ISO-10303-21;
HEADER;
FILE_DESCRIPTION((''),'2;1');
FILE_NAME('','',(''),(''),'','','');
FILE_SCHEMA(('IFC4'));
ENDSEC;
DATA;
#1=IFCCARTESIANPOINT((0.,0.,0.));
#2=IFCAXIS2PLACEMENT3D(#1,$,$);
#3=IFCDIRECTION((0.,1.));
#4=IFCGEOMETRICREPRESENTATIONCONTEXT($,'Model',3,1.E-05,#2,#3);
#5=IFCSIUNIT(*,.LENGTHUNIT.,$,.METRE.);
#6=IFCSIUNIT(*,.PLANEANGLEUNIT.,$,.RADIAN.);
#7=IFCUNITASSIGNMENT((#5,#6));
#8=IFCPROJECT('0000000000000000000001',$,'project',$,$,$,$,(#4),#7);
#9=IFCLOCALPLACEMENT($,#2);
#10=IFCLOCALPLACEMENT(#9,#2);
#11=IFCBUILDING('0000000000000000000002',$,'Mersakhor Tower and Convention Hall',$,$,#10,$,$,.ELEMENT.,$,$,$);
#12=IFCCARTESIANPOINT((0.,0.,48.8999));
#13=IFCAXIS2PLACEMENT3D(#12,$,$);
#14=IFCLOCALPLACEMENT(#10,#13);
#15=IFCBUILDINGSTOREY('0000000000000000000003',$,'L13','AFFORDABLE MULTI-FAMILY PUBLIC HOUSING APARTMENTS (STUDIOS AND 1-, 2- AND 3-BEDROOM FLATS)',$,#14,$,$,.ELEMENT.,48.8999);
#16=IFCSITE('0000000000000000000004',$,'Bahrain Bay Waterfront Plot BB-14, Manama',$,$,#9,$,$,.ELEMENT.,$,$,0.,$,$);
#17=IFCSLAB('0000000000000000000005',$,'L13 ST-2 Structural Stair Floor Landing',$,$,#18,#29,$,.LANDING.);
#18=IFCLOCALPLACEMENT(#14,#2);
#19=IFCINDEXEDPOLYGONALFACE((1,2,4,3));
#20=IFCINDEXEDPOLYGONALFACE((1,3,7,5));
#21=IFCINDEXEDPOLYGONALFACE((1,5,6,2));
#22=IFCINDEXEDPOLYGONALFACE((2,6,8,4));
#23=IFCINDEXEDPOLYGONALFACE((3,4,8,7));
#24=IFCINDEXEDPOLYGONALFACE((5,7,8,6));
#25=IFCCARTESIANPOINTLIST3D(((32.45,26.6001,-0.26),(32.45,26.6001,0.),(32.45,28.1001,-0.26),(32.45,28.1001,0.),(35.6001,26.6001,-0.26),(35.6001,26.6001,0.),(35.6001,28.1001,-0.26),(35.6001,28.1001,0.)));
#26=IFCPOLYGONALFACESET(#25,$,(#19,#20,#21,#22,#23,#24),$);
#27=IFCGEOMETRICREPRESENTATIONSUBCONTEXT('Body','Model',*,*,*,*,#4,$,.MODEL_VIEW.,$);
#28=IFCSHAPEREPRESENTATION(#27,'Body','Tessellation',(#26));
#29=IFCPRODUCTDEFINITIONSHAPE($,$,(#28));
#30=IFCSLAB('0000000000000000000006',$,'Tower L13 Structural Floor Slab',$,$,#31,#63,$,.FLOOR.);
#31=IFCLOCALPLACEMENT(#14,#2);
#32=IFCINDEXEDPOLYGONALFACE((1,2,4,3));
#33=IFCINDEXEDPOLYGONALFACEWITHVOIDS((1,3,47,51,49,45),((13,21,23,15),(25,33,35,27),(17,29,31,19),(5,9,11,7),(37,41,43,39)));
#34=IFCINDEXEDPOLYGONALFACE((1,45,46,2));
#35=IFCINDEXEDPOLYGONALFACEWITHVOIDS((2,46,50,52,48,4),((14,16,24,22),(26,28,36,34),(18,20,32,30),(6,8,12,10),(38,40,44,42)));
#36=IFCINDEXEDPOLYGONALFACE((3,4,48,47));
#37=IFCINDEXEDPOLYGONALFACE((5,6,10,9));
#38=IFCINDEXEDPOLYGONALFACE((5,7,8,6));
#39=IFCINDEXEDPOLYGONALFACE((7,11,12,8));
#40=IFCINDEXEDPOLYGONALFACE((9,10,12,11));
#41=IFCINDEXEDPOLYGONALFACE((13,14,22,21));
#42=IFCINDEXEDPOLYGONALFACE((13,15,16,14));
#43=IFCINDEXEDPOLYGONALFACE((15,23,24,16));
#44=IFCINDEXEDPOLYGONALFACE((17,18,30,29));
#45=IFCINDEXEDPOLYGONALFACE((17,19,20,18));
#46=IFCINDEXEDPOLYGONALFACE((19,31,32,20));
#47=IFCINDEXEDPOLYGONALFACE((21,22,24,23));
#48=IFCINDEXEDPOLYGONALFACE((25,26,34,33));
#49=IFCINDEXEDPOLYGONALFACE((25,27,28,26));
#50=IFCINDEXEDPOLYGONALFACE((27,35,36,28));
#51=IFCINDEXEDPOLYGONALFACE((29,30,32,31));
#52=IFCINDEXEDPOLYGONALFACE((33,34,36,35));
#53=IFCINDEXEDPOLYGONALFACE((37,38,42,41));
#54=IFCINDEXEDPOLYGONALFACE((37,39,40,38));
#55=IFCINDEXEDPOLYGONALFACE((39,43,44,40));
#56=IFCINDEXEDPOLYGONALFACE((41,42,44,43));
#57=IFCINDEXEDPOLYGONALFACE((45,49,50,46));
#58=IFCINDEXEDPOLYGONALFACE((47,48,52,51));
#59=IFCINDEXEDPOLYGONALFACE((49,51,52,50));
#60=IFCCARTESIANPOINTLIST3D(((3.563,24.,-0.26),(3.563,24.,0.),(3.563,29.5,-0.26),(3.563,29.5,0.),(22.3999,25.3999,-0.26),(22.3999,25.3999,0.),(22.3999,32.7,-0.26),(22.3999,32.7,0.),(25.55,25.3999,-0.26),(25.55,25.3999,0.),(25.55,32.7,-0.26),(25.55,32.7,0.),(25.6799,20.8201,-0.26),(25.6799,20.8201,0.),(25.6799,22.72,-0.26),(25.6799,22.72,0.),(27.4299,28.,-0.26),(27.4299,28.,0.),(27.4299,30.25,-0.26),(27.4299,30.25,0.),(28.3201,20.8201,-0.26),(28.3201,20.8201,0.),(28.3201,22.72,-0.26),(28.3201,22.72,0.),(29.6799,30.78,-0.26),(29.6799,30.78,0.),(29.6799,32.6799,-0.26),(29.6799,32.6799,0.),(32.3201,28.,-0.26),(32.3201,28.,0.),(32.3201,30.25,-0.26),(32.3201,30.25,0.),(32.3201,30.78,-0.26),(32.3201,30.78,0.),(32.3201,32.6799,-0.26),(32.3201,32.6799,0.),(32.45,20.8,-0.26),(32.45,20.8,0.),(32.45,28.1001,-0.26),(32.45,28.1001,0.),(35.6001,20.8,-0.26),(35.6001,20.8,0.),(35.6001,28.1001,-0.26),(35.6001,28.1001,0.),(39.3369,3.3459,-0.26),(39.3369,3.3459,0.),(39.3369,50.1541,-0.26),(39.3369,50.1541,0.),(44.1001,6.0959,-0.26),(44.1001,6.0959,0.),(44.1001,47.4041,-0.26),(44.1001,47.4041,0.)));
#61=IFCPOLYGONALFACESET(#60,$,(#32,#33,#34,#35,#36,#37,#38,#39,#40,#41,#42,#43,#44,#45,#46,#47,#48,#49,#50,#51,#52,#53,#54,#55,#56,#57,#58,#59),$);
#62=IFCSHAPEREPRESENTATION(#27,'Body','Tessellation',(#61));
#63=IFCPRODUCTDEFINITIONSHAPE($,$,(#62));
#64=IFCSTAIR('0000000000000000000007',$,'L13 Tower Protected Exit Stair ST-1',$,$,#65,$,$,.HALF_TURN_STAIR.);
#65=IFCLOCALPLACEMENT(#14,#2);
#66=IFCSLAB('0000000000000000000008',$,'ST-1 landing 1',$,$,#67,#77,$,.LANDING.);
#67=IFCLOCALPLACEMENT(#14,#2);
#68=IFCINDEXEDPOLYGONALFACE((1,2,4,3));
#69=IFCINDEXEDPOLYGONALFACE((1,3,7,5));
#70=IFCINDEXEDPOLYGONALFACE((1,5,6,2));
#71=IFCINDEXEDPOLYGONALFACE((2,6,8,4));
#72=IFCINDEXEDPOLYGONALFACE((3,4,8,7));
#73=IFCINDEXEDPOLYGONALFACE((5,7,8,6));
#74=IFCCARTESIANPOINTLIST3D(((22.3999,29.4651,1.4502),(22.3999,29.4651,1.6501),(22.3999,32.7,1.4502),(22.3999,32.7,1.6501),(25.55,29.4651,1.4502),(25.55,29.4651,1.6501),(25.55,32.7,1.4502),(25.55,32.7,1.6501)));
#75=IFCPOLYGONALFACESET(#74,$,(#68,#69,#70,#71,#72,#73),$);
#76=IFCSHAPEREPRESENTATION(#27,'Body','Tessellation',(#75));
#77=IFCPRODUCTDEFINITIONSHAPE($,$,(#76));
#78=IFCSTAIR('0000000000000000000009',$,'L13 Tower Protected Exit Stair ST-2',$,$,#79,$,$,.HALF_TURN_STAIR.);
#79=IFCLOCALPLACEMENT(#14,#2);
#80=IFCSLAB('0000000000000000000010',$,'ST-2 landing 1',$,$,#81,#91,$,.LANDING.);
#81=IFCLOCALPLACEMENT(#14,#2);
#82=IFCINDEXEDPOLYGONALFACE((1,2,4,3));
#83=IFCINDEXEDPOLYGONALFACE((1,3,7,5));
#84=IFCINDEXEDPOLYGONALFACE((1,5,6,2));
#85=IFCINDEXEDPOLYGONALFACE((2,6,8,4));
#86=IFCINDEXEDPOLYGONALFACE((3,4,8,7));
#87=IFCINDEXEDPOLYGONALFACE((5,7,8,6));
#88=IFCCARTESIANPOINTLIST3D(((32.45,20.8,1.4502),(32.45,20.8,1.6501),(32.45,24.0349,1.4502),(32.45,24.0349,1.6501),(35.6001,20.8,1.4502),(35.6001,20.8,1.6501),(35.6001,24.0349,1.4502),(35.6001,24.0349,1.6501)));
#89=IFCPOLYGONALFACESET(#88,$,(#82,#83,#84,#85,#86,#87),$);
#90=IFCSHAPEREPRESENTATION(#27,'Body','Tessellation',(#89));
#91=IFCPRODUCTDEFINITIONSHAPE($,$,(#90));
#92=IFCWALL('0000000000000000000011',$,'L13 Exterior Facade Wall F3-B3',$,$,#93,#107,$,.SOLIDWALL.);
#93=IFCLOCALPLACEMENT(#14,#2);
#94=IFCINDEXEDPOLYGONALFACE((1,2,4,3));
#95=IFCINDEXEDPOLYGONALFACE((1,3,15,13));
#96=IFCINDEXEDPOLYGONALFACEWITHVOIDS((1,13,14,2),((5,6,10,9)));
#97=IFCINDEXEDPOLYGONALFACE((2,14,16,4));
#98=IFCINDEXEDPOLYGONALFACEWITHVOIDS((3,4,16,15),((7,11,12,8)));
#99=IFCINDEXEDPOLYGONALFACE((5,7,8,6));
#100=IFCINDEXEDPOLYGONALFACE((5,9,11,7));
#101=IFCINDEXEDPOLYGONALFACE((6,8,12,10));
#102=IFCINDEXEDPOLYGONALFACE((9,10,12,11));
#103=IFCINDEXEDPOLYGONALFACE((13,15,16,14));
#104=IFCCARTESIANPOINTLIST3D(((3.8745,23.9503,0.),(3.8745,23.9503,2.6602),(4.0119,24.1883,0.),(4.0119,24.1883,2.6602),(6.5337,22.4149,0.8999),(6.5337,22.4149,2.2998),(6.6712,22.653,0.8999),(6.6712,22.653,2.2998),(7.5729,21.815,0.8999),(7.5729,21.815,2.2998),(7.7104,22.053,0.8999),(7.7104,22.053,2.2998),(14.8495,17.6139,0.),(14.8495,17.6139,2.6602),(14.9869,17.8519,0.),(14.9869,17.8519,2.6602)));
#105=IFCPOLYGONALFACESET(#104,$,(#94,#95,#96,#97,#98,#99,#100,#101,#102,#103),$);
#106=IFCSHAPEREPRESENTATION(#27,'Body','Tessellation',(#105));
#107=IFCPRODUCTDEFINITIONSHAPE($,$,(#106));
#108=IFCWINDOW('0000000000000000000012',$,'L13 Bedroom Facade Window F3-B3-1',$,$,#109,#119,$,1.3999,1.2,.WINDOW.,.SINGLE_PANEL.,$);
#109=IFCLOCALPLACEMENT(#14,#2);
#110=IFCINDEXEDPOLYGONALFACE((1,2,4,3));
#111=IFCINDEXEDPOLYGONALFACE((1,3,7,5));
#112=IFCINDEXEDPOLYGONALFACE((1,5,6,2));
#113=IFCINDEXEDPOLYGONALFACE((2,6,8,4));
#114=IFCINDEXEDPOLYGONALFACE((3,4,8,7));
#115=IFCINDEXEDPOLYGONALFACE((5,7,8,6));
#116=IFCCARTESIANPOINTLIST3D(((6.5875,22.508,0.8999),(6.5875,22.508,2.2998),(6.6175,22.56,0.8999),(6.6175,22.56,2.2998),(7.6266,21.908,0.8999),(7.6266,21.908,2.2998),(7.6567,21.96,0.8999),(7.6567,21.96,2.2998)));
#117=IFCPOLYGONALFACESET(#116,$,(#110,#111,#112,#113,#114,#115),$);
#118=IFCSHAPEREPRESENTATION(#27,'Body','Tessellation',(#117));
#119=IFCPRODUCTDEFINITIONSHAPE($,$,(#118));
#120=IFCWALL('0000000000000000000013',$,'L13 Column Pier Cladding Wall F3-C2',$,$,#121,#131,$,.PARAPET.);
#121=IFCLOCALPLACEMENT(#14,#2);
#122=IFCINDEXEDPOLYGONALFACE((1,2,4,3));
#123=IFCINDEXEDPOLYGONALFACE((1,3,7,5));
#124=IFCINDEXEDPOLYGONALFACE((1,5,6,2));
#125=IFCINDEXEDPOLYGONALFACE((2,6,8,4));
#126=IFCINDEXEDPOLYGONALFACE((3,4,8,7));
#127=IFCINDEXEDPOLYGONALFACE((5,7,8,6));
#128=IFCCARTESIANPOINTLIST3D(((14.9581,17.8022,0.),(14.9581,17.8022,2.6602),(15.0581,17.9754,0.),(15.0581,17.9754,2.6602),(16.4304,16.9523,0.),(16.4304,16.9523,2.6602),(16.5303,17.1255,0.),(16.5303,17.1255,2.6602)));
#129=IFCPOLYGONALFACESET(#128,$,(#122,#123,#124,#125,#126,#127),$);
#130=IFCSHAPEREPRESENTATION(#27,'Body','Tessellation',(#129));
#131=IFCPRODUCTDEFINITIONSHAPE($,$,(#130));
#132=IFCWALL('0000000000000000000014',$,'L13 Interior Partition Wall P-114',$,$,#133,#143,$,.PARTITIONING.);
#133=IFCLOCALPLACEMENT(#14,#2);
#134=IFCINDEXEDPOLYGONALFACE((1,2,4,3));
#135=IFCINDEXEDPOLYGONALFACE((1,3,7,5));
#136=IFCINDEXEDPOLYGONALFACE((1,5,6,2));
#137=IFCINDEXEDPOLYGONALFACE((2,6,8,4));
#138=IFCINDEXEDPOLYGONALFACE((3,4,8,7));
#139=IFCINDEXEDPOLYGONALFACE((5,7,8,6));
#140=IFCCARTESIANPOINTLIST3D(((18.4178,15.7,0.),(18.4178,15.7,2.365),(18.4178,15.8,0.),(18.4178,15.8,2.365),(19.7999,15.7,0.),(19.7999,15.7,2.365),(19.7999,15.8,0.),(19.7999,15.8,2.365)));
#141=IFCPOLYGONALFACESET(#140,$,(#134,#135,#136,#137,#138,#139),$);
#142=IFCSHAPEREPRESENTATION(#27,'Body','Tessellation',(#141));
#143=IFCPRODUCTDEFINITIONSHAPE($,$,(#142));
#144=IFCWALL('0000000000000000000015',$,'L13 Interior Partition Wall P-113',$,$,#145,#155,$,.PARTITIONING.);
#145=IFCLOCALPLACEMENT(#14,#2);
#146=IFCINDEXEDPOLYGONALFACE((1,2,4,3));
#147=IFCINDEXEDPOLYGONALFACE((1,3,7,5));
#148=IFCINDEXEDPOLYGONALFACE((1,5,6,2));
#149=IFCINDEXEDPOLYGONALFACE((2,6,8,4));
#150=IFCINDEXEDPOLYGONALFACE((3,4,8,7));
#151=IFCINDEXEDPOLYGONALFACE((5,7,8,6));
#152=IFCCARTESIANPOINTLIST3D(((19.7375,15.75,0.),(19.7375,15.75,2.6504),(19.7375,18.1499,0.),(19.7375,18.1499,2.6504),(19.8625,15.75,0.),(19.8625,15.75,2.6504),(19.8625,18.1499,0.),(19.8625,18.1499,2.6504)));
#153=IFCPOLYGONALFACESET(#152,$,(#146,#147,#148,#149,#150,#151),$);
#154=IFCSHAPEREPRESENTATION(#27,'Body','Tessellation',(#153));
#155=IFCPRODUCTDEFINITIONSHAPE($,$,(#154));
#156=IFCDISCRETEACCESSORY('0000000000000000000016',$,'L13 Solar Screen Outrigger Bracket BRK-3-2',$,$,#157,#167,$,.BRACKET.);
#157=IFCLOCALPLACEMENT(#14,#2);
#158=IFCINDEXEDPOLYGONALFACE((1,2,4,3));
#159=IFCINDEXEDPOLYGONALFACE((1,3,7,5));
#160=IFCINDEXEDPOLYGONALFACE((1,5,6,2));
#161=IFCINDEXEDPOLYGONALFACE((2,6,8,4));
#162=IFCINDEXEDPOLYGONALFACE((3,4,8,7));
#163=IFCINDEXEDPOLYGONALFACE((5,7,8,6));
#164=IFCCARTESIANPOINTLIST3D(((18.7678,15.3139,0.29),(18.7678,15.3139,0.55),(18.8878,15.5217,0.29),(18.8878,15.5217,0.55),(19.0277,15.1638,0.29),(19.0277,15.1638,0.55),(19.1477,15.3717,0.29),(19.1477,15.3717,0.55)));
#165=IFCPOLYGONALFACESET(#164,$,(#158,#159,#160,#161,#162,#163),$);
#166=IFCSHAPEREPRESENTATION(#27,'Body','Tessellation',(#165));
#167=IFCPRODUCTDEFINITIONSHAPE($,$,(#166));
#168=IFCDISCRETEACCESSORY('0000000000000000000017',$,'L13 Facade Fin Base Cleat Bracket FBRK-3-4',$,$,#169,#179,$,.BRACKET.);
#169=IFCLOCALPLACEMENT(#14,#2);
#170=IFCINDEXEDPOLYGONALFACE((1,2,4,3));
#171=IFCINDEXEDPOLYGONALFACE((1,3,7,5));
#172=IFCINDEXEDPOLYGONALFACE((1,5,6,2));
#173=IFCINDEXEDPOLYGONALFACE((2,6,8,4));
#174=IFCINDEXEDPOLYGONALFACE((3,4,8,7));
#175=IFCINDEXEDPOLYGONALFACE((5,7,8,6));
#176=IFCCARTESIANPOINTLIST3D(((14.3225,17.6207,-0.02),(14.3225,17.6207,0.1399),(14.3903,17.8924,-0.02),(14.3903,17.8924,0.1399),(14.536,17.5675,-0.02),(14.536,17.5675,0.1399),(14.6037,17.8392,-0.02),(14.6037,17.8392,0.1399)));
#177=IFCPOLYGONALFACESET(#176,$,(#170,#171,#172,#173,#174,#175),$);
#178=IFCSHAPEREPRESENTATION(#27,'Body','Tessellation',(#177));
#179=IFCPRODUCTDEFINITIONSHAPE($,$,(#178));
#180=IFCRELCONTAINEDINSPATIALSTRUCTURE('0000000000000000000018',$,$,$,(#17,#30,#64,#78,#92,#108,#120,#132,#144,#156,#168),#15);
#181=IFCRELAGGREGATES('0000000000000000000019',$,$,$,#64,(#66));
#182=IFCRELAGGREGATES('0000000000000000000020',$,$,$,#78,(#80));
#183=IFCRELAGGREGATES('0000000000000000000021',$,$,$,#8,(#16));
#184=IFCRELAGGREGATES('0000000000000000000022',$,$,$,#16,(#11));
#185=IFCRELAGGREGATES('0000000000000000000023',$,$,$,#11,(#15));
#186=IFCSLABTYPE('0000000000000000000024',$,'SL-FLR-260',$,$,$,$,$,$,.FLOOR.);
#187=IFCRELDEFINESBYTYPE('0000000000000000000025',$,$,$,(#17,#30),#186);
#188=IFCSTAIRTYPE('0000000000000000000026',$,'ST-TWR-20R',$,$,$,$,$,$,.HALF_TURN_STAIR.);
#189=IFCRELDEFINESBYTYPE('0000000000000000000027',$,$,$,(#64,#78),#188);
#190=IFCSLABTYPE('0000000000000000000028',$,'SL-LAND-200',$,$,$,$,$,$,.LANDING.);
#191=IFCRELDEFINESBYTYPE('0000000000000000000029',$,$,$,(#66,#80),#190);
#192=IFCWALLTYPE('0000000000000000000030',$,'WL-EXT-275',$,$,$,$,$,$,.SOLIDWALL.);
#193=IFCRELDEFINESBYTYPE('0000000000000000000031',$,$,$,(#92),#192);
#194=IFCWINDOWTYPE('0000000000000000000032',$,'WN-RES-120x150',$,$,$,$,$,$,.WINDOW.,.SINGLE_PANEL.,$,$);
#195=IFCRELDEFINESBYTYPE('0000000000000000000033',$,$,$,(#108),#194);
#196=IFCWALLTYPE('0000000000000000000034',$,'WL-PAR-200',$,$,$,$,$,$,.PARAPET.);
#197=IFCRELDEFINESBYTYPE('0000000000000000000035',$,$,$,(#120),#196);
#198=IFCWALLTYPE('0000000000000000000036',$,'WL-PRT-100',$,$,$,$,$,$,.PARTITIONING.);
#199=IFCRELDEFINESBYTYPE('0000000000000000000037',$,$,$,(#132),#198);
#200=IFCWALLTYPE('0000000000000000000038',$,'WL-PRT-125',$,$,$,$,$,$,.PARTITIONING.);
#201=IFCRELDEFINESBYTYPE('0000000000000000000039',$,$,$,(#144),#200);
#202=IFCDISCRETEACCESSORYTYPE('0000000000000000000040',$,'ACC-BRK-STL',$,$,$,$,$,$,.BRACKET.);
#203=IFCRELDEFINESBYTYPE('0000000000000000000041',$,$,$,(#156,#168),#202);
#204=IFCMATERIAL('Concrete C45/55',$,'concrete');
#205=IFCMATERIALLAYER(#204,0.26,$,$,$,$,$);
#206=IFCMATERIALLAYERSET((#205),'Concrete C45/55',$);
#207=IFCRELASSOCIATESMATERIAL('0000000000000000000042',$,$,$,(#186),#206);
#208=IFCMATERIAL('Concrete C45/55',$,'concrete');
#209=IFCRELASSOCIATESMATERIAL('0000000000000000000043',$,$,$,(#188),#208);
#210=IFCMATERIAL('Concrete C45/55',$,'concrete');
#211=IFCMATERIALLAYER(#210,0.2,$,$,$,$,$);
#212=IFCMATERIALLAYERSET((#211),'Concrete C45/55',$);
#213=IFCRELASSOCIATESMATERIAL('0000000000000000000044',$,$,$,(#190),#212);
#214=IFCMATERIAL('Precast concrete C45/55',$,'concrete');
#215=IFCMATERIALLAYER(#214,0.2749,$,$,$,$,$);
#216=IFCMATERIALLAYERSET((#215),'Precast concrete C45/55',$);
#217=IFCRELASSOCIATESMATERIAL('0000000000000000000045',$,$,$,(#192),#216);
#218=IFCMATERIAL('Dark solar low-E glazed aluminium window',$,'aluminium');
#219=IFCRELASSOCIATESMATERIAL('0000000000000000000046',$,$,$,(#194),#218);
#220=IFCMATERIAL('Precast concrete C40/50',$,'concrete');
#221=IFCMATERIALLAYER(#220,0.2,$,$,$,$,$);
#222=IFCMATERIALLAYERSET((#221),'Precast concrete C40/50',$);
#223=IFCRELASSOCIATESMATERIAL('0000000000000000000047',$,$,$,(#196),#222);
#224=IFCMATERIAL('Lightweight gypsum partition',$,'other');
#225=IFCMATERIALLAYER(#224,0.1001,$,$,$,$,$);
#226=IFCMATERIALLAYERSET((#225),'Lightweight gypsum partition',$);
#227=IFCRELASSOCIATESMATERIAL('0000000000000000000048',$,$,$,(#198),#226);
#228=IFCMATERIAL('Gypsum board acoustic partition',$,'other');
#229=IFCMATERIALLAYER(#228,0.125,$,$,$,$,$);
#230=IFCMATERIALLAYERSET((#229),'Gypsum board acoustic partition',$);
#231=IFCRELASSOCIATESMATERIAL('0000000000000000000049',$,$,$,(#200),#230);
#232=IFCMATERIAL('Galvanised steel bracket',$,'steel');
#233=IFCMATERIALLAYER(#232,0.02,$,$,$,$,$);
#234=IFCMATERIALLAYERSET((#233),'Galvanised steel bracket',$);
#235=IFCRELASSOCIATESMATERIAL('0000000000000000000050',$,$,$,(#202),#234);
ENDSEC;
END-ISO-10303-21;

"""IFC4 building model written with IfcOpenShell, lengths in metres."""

from ifc_helpers import new_model, si_unit, direction, frame, frame_2d, origin, origin_2d, place, context, subcontext, project, spatial, polyline, rectangle, outline, extrude, material, layer, layer_set, type_object, element, fill, aggregate, save


model = new_model("IFC4")

# Units and contexts
model_context = context("Model", 3, precision=1e-05, world=origin(), true_north=direction((0.0, 1.0)))
body_context = subcontext(model_context, "Body", "Model", "MODEL_VIEW")
ifc_project = project(units=[si_unit("LENGTHUNIT", "METRE"), si_unit("PLANEANGLEUNIT", "RADIAN")], contexts=[model_context])

# Site, building, storey
site_placement = place(None, origin())
site = spatial("IfcSite", under=ifc_project, at=site_placement, Name="Bahrain Bay Waterfront Plot BB-14, Manama", CompositionType="ELEMENT", RefElevation=0.0)
building_placement = place(site_placement, origin())
building = spatial("IfcBuilding", under=site, at=building_placement, Name="Mersakhor Tower and Convention Hall", CompositionType="ELEMENT")
storey_placement = place(building_placement, frame((0.0, 0.0, 48.8999)))
storey = spatial("IfcBuildingStorey", under=building, at=storey_placement, Name="L13", Description="AFFORDABLE MULTI-FAMILY PUBLIC HOUSING APARTMENTS (STUDIOS AND 1-, 2- AND 3-BEDROOM FLATS)", CompositionType="ELEMENT", Elevation=48.8999)

# Slabs
ifc_material_1 = material(Name="Concrete C45/55", Category="concrete")
ifc_layer_1 = layer(ifc_material_1, 0.26)
ifc_layer_set_1 = layer_set([ifc_layer_1], Name="Concrete C45/55")
slab_type_1 = type_object("IfcSlabType", Name="SL-FLR-260", PredefinedType="FLOOR", material=ifc_layer_set_1)
slab_1_placement = place(storey_placement, frame((0.0, 0.0, -0.26)))
element("IfcSlab", 1, at=slab_1_placement, inside=storey, type_object=slab_type_1, Name="L13 ST-2 Structural Stair Floor Landing", PredefinedType="LANDING", context=body_context, shape_type="SweptSolid", body=[
    extrude(outline(polyline([(32.45, 28.1001), (32.45, 26.6001), (35.6001, 26.6001), (35.6001, 28.1001), (32.45, 28.1001)])), origin(), (0.0, 0.0, 1.0), 0.26),
])
slab_2_placement = place(storey_placement, frame((0.0, 0.0, -0.26)))
element("IfcSlab", 2, at=slab_2_placement, inside=storey, type_object=slab_type_1, Name="Tower L13 Structural Floor Slab", PredefinedType="FLOOR", context=body_context, shape_type="SweptSolid", body=[
    extrude(outline(polyline([(3.563, 29.5), (39.3369, 50.1541), (44.1001, 47.4041), (44.1001, 6.0959), (39.3369, 3.3459), (3.563, 24.0), (3.563, 29.5)]), holes=[polyline([(25.55, 25.3999), (25.55, 32.7), (22.3999, 32.7), (22.3999, 25.3999), (25.55, 25.3999)]), polyline([(32.45, 28.1001), (32.45, 20.8), (35.6001, 20.8), (35.6001, 28.1001), (32.45, 28.1001)]), polyline([(25.6799, 20.8201), (25.6799, 22.72), (28.3201, 22.72), (28.3201, 20.8201), (25.6799, 20.8201)]), polyline([(29.6799, 30.78), (29.6799, 32.6799), (32.3201, 32.6799), (32.3201, 30.78), (29.6799, 30.78)]), polyline([(27.4299, 28.0), (27.4299, 30.25), (32.3201, 30.25), (32.3201, 28.0), (27.4299, 28.0)])]), origin(), (0.0, 0.0, 1.0), 0.26),
])

# Stairs, slabs
ifc_material_2 = material(Name="Concrete C45/55", Category="concrete")
stair_type = type_object("IfcStairType", Name="ST-TWR-20R", PredefinedType="HALF_TURN_STAIR", material=ifc_material_2)
stair_1_placement = place(storey_placement, origin())
stair_1 = element("IfcStair", 3, at=stair_1_placement, inside=storey, type_object=stair_type, Name="L13 Tower Protected Exit Stair ST-1", PredefinedType="HALF_TURN_STAIR")
ifc_material_3 = material(Name="Concrete C45/55", Category="concrete")
ifc_layer_2 = layer(ifc_material_3, 0.2)
ifc_layer_set_2 = layer_set([ifc_layer_2], Name="Concrete C45/55")
slab_type_2 = type_object("IfcSlabType", Name="SL-LAND-200", PredefinedType="LANDING", material=ifc_layer_set_2)
slab_3_placement = place(storey_placement, frame((0.0, 0.0, 1.4502)))
slab_3 = element("IfcSlab", 4, at=slab_3_placement, type_object=slab_type_2, Name="ST-1 landing 1", PredefinedType="LANDING", context=body_context, shape_type="SweptSolid", body=[
    extrude(outline(polyline([(25.55, 29.4651), (25.55, 32.7), (22.3999, 32.7), (22.3999, 29.4651), (25.55, 29.4651)])), origin(), (0.0, 0.0, 1.0), 0.2),
])
aggregate(stair_1, [slab_3])
stair_2_placement = place(storey_placement, origin())
stair_2 = element("IfcStair", 5, at=stair_2_placement, inside=storey, type_object=stair_type, Name="L13 Tower Protected Exit Stair ST-2", PredefinedType="HALF_TURN_STAIR")
slab_4_placement = place(storey_placement, frame((0.0, 0.0, 1.4502)))
slab_4 = element("IfcSlab", 6, at=slab_4_placement, type_object=slab_type_2, Name="ST-2 landing 1", PredefinedType="LANDING", context=body_context, shape_type="SweptSolid", body=[
    extrude(outline(polyline([(32.45, 24.0349), (32.45, 20.8), (35.6001, 20.8), (35.6001, 24.0349), (32.45, 24.0349)])), origin(), (0.0, 0.0, 1.0), 0.2),
])
aggregate(stair_2, [slab_4])

# Wall, opening, window
ifc_material_4 = material(Name="Precast concrete C45/55", Category="concrete")
ifc_layer_3 = layer(ifc_material_4, 0.2749)
ifc_layer_set_3 = layer_set([ifc_layer_3], Name="Precast concrete C45/55")
wall_type_1 = type_object("IfcWallType", Name="WL-EXT-275", PredefinedType="SOLIDWALL", material=ifc_layer_set_3)
wall_1_placement = place(storey_placement, frame((14.9182, 17.7329, 0.0), z_axis=(0.0, 0.0, 1.0), x_axis=(-0.866027, 0.499997, 0.0)))
wall_1 = element("IfcWall", 7, at=wall_1_placement, inside=storey, type_object=wall_type_1, Name="L13 Exterior Facade Wall F3-B3", PredefinedType="SOLIDWALL", context=body_context, shape_type="SweptSolid", body=[
    extrude(rectangle(XDim=12.6729, YDim=0.2749, at=frame_2d((6.3364, 0.0))), origin(), (0.0, 0.0, 1.0), 2.6602),
])
opening_placement = place(wall_1_placement, frame((8.4021, 0.0, 0.8999)))
opening = element("IfcOpeningElement", 8, at=opening_placement, cuts=wall_1, PredefinedType="OPENING", context=body_context, shape_type="SweptSolid", body=[
    extrude(rectangle(XDim=1.2, YDim=1.3999, at=frame_2d((0.6001, 0.7))), frame((0.0, 0.1475, 0.0), z_axis=(0.0, -1.0, 0.0), x_axis=(1.0, 0.0, 0.0)), (0.0, 0.0, 1.0), 0.2949),
])
ifc_material_5 = material(Name="Dark solar low-E glazed aluminium window", Category="aluminium")
window_type = type_object("IfcWindowType", Name="WN-RES-120x150", PartitioningType="SINGLE_PANEL", PredefinedType="WINDOW", material=ifc_material_5)
window_placement = place(opening_placement, origin())
window = element("IfcWindow", 9, at=window_placement, inside=storey, type_object=window_type, Name="L13 Bedroom Facade Window F3-B3-1", OverallHeight=1.3999, OverallWidth=1.2, PartitioningType="SINGLE_PANEL", PredefinedType="WINDOW", context=body_context, shape_type="SweptSolid", body=[
    extrude(rectangle(XDim=1.2, YDim=1.3999, at=frame_2d((0.6001, 0.7))), frame((0.0, 0.03, 0.0), z_axis=(0.0, -1.0, 0.0), x_axis=(1.0, 0.0, 0.0)), (0.0, 0.0, 1.0), 0.0601),
])
fill(opening, window)

# Walls
ifc_material_6 = material(Name="Precast concrete C40/50", Category="concrete")
ifc_layer_4 = layer(ifc_material_6, 0.2)
ifc_layer_set_4 = layer_set([ifc_layer_4], Name="Precast concrete C40/50")
wall_type_2 = type_object("IfcWallType", Name="WL-PAR-200", PredefinedType="PARAPET", material=ifc_layer_set_4)
wall_2_placement = place(storey_placement, frame((16.4805, 17.0388, 0.0), z_axis=(0.0, 0.0, 1.0), x_axis=(-0.866052, 0.499955, 0.0)))
element("IfcWall", 10, at=wall_2_placement, inside=storey, type_object=wall_type_2, Name="L13 Column Pier Cladding Wall F3-C2", PredefinedType="PARAPET", context=body_context, shape_type="SweptSolid", body=[
    extrude(rectangle(XDim=1.7, YDim=0.2, at=frame_2d((0.8501, 0.0))), origin(), (0.0, 0.0, 1.0), 2.6602),
])
ifc_material_7 = material(Name="Lightweight gypsum partition", Category="other")
ifc_layer_5 = layer(ifc_material_7, 0.1001)
ifc_layer_set_5 = layer_set([ifc_layer_5], Name="Lightweight gypsum partition")
wall_type_3 = type_object("IfcWallType", Name="WL-PRT-100", PredefinedType="PARTITIONING", material=ifc_layer_set_5)
wall_3_placement = place(storey_placement, frame((18.418, 15.75, 0.0), z_axis=(0.0, 0.0, 1.0), x_axis=(1.0, 0.0, 0.0)))
element("IfcWall", 11, at=wall_3_placement, inside=storey, type_object=wall_type_3, Name="L13 Interior Partition Wall P-114", PredefinedType="PARTITIONING", context=body_context, shape_type="SweptSolid", body=[
    extrude(rectangle(XDim=1.3821, YDim=0.1001, at=frame_2d((0.6909, 0.0))), origin(), (0.0, 0.0, 1.0), 2.365),
])
ifc_material_8 = material(Name="Gypsum board acoustic partition", Category="other")
ifc_layer_6 = layer(ifc_material_8, 0.125)
ifc_layer_set_6 = layer_set([ifc_layer_6], Name="Gypsum board acoustic partition")
wall_type_4 = type_object("IfcWallType", Name="WL-PRT-125", PredefinedType="PARTITIONING", material=ifc_layer_set_6)
wall_4_placement = place(storey_placement, frame((19.8, 15.75, 0.0), z_axis=(0.0, 0.0, 1.0), x_axis=(0.0, 1.0, 0.0)))
element("IfcWall", 12, at=wall_4_placement, inside=storey, type_object=wall_type_4, Name="L13 Interior Partition Wall P-113", PredefinedType="PARTITIONING", context=body_context, shape_type="SweptSolid", body=[
    extrude(rectangle(XDim=2.3999, YDim=0.125, at=frame_2d((1.2, 0.0))), origin(), (0.0, 0.0, 1.0), 2.6504),
])

# Discrete accessories
ifc_material_9 = material(Name="Galvanised steel bracket", Category="steel")
ifc_layer_7 = layer(ifc_material_9, 0.02)
ifc_layer_set_7 = layer_set([ifc_layer_7], Name="Galvanised steel bracket")
discrete_accessory_type = type_object("IfcDiscreteAccessoryType", Name="ACC-BRK-STL", PredefinedType="BRACKET", material=ifc_layer_set_7)
discrete_accessory_1_placement = place(storey_placement, frame((18.9578, 15.3428, 0.29), z_axis=(0.0, 0.0, 1.0), x_axis=(-0.866025, 0.5, 0.0)))
element("IfcDiscreteAccessory", 13, at=discrete_accessory_1_placement, inside=storey, type_object=discrete_accessory_type, Name="L13 Solar Screen Outrigger Bracket BRK-3-2", PredefinedType="BRACKET", context=body_context, shape_type="SweptSolid", body=[
    extrude(rectangle(XDim=0.3, YDim=0.24, at=origin_2d()), origin(), (0.0, 0.0, 1.0), 0.26),
])
discrete_accessory_2_placement = place(storey_placement, frame((14.4631, 17.73, -0.02), z_axis=(0.0, 0.0, 1.0), x_axis=(-0.241922, -0.970296, 0.0)))
element("IfcDiscreteAccessory", 14, at=discrete_accessory_2_placement, inside=storey, type_object=discrete_accessory_type, Name="L13 Facade Fin Base Cleat Bracket FBRK-3-4", PredefinedType="BRACKET", context=body_context, shape_type="SweptSolid", body=[
    extrude(rectangle(XDim=0.28, YDim=0.22, at=origin_2d()), origin(), (0.0, 0.0, 1.0), 0.1599),
])

save(model, "model.ifc")
